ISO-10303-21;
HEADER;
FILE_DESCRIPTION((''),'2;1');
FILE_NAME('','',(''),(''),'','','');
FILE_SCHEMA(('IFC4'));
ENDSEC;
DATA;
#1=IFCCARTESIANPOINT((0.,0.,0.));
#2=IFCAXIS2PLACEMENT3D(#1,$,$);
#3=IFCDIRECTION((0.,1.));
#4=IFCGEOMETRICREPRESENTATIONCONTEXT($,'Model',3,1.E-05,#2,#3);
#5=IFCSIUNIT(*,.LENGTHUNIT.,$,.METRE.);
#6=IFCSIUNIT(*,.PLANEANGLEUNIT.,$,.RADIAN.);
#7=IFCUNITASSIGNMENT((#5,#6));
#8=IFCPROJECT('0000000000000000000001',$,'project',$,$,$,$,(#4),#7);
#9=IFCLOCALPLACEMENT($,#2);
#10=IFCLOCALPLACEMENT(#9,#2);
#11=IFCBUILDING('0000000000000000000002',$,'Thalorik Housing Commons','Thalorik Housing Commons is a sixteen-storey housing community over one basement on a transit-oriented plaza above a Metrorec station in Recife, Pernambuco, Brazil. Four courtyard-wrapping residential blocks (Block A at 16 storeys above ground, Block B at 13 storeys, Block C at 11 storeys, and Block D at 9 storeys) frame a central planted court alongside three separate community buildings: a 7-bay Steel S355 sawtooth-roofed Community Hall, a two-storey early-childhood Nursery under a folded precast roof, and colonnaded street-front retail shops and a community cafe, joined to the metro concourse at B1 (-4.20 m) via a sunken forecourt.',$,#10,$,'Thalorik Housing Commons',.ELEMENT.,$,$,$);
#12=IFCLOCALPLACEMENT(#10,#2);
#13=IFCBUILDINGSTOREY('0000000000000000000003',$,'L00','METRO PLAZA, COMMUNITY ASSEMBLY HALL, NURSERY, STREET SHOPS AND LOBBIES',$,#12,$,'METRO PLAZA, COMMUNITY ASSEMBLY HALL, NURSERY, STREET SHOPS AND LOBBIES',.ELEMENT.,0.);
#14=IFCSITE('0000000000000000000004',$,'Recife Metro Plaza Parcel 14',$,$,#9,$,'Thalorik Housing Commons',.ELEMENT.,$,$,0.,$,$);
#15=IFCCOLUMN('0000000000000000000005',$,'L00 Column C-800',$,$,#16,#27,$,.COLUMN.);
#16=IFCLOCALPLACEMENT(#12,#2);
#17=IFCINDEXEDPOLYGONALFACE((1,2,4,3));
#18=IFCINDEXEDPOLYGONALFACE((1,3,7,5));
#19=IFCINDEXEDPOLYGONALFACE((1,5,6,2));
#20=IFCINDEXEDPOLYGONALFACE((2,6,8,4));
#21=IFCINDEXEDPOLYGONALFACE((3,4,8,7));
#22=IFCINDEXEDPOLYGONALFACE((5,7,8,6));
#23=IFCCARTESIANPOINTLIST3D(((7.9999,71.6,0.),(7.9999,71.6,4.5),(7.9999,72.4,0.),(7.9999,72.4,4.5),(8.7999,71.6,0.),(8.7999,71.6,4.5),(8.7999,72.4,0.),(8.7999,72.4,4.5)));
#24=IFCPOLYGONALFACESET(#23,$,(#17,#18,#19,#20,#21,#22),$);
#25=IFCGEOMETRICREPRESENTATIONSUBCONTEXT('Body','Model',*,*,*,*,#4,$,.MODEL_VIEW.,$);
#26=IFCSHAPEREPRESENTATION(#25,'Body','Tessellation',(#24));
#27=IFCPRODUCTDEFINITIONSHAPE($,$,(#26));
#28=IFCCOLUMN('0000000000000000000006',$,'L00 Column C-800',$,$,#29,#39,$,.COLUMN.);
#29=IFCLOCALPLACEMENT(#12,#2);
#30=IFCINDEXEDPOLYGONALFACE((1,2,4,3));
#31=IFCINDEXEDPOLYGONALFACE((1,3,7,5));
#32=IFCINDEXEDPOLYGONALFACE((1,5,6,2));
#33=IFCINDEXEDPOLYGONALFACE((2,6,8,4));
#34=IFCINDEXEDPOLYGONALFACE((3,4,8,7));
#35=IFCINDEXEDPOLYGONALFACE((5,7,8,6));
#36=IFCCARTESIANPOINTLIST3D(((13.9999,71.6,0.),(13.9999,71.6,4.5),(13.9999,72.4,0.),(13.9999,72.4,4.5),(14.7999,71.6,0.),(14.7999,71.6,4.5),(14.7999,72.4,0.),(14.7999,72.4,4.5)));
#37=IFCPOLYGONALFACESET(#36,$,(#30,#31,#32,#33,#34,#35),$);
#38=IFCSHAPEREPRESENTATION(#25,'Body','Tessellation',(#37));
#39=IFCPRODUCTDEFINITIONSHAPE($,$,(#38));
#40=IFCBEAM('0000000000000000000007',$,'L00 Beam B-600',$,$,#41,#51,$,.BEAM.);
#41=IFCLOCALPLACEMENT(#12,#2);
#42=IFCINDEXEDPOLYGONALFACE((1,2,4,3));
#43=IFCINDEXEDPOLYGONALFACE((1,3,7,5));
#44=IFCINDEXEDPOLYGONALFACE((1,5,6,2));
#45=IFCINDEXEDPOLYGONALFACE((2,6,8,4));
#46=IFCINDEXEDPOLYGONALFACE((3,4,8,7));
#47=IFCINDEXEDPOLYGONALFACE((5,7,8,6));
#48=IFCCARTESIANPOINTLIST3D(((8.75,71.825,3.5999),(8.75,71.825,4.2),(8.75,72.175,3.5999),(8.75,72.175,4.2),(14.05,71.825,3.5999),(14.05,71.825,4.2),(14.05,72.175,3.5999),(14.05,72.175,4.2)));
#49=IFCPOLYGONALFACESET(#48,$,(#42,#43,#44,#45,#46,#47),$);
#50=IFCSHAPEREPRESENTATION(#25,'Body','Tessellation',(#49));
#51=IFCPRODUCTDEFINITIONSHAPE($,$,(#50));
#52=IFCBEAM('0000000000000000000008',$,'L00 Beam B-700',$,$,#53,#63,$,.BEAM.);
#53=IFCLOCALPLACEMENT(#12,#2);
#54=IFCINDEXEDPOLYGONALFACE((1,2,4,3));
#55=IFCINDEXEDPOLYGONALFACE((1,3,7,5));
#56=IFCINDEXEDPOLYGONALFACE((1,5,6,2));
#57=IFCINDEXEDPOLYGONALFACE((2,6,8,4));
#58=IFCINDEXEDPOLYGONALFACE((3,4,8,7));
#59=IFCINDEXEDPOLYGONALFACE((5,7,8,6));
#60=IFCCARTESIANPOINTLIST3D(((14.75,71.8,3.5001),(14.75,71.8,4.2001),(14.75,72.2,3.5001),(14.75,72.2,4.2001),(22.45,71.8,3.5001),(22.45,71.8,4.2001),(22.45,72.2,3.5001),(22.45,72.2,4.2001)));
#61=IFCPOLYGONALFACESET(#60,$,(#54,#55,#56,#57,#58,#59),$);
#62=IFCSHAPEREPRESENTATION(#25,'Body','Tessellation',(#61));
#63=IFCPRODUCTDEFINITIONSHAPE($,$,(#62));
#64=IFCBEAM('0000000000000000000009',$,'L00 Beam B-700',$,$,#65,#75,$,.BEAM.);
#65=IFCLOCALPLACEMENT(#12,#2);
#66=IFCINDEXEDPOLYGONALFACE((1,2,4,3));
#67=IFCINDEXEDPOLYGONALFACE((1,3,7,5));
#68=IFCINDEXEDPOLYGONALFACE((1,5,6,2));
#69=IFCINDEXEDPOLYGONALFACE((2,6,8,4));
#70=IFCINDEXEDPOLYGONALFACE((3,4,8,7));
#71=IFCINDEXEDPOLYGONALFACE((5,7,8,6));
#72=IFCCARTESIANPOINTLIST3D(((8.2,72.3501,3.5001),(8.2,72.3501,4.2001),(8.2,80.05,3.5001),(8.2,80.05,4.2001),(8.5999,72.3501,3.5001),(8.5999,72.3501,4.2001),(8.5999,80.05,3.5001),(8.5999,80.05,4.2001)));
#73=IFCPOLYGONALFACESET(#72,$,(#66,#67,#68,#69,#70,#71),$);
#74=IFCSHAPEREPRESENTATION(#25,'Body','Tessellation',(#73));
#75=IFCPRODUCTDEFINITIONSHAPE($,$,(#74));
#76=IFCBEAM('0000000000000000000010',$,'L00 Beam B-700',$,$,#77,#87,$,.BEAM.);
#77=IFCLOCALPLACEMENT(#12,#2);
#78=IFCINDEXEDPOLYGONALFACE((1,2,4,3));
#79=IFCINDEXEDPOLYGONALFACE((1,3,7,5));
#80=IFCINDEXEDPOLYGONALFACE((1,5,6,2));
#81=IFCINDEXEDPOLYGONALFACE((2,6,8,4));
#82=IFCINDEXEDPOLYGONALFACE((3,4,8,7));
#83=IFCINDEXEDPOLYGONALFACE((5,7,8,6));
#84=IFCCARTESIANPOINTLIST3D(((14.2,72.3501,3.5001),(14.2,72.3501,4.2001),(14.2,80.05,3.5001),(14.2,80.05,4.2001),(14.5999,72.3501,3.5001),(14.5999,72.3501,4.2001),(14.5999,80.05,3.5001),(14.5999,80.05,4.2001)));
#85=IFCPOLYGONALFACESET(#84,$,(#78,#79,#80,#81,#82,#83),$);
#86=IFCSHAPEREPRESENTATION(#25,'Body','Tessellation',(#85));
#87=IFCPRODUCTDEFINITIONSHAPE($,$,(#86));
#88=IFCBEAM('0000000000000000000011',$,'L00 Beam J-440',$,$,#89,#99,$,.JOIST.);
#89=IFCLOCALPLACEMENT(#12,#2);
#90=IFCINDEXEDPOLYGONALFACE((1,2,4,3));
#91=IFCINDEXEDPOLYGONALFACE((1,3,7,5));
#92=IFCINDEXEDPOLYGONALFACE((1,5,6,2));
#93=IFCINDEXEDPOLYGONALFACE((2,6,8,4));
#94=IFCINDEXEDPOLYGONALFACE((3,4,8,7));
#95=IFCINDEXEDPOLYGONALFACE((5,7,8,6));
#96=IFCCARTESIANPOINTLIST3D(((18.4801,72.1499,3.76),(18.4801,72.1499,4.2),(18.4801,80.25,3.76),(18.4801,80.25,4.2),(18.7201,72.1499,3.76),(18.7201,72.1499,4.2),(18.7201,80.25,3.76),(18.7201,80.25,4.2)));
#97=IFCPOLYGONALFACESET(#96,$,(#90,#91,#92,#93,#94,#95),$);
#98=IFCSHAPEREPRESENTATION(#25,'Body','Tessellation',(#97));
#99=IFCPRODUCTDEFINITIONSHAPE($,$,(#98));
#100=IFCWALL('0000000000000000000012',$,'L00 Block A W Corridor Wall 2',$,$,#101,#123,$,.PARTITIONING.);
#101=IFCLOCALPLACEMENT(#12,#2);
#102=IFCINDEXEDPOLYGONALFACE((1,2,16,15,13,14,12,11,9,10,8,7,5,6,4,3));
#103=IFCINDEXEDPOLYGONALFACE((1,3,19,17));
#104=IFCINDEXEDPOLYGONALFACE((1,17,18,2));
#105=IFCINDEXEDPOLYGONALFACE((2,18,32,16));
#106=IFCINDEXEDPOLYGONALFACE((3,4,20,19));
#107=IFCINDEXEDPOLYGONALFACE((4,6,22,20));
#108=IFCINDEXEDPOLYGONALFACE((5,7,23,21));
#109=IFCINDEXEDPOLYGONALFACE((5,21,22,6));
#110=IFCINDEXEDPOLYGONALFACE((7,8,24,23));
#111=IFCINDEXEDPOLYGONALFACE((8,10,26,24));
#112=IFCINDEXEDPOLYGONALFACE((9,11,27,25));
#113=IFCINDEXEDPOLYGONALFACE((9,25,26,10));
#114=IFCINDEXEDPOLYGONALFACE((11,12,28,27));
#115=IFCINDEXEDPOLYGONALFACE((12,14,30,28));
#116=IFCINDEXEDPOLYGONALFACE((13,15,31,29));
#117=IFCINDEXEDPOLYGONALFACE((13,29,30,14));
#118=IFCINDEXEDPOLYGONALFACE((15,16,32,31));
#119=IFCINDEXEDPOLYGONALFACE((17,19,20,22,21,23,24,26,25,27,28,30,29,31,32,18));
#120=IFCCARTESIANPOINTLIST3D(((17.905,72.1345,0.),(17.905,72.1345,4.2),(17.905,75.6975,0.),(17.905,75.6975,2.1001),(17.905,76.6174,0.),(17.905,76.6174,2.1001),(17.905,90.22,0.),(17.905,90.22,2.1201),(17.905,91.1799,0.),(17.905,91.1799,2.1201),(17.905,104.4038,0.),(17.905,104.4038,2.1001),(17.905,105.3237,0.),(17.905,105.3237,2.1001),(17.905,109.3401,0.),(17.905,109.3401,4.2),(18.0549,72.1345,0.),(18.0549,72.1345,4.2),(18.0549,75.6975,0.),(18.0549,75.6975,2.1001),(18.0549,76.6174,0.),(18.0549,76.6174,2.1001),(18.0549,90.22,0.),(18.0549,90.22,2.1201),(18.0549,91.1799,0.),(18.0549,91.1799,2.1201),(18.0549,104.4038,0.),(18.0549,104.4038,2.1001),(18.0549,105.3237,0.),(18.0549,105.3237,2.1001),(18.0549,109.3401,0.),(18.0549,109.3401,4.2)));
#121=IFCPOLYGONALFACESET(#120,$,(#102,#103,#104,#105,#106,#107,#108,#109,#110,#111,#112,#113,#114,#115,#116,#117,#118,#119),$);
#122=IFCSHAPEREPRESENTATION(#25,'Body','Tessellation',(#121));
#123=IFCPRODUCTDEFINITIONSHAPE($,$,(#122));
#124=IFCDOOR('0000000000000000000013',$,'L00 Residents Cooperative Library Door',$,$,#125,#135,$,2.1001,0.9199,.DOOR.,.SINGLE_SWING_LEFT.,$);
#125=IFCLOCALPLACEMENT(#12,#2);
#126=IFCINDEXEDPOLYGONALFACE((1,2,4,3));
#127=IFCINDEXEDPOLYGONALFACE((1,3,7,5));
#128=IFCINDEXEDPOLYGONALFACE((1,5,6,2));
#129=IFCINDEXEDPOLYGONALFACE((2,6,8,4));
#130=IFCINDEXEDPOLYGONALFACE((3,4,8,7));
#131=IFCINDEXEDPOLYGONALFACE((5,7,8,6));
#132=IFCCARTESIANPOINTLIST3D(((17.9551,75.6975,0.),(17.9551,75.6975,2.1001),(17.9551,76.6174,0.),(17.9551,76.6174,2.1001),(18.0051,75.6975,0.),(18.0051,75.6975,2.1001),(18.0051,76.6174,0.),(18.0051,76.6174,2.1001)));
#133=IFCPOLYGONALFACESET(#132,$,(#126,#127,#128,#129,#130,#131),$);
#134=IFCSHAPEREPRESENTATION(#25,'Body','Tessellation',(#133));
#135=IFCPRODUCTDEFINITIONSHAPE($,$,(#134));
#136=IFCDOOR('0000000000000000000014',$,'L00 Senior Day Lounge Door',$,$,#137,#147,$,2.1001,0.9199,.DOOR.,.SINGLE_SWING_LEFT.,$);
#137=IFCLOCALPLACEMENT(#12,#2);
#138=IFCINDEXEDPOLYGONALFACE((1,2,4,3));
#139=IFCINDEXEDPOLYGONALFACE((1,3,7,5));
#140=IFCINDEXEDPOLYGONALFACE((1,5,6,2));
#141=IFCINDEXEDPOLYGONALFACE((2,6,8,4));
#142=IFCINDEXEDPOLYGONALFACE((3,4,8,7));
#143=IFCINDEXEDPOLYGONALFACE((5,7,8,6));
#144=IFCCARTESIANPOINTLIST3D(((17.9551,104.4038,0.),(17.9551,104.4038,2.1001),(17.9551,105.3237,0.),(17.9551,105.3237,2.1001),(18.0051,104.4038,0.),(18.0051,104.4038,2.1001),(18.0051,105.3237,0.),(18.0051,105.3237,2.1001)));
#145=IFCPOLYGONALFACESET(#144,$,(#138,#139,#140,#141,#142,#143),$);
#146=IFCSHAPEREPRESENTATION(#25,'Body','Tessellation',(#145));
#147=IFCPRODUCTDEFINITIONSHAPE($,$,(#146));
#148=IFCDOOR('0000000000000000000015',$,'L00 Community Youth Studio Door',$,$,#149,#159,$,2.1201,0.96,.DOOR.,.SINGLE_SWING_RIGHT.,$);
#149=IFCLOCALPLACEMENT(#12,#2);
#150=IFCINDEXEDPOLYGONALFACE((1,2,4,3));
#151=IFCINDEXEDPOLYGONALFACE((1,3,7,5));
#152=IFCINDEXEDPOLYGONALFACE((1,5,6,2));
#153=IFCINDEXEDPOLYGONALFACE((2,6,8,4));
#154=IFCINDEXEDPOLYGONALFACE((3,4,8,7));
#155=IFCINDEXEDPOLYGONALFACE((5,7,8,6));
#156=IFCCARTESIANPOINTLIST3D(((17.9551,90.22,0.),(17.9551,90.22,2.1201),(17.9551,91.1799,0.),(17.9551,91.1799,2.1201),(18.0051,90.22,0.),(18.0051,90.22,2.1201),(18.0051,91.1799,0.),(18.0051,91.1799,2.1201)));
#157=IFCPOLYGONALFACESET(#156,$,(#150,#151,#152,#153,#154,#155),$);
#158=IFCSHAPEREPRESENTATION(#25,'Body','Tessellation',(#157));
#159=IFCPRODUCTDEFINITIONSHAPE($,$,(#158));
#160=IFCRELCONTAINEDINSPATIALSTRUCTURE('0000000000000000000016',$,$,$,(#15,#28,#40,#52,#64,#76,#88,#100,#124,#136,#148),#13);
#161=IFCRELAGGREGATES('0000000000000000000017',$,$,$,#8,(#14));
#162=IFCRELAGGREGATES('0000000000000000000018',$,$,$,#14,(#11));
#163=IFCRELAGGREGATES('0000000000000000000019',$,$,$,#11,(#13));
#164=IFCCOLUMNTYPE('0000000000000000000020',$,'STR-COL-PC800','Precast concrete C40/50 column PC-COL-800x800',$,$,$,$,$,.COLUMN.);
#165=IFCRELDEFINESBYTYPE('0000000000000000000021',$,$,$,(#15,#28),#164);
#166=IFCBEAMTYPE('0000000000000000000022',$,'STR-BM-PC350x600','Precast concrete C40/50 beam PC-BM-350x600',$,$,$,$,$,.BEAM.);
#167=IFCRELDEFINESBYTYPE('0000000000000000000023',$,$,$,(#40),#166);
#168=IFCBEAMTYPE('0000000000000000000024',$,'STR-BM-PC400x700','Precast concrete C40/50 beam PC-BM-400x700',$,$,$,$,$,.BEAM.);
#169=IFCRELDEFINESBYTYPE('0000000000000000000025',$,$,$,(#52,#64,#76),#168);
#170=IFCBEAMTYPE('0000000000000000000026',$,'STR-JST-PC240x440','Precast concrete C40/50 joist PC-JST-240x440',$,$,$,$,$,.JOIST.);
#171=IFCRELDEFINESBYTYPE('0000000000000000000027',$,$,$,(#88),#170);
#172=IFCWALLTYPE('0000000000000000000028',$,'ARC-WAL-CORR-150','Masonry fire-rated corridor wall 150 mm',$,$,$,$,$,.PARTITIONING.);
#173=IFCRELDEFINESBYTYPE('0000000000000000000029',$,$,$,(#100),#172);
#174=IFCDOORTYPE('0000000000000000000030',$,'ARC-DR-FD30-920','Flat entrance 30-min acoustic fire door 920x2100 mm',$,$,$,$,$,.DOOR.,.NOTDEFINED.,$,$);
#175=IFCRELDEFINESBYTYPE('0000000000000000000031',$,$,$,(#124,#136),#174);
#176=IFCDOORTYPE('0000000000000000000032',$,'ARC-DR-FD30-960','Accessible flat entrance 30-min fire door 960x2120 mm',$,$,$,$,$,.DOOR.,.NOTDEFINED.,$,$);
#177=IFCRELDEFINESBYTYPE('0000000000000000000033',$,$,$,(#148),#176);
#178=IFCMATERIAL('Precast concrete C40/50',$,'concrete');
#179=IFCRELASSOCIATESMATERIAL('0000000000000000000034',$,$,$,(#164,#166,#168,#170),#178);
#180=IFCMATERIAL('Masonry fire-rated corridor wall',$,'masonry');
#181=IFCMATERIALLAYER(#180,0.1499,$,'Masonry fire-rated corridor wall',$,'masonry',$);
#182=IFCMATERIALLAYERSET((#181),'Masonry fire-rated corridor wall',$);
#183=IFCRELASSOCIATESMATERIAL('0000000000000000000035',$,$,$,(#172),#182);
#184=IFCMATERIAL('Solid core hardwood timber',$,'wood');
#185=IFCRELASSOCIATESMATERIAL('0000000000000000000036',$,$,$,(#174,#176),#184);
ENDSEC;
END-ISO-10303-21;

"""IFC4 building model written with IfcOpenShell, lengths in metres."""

from ifc_helpers import new_model, si_unit, direction, frame, frame_2d, origin, origin_2d, place, context, subcontext, project, spatial, rectangle, extrude, material, layer, layer_set, material_profile, profile_set, type_object, element, fill, save


model = new_model("IFC4")

# Units and contexts
model_context = context("Model", 3, precision=1e-05, world=origin(), true_north=direction((0.0, 1.0)))
body_context = subcontext(model_context, "Body", "Model", "MODEL_VIEW")
ifc_project = project(units=[si_unit("LENGTHUNIT", "METRE"), si_unit("PLANEANGLEUNIT", "RADIAN")], contexts=[model_context])

# Site, building, storey
site_placement = place(None, origin())
site = spatial("IfcSite", under=ifc_project, at=site_placement, Name="Recife Metro Plaza Parcel 14", LongName="Thalorik Housing Commons", CompositionType="ELEMENT", RefElevation=0.0)
building_placement = place(site_placement, origin())
building = spatial("IfcBuilding", under=site, at=building_placement, Name="Thalorik Housing Commons", Description="Thalorik Housing Commons is a sixteen-storey housing community over one basement on a transit-oriented plaza above a Metrorec station in Recife, Pernambuco, Brazil. Four courtyard-wrapping residential blocks (Block A at 16 storeys above ground, Block B at 13 storeys, Block C at 11 storeys, and Block D at 9 storeys) frame a central planted court alongside three separate community buildings: a 7-bay Steel S355 sawtooth-roofed Community Hall, a two-storey early-childhood Nursery under a folded precast roof, and colonnaded street-front retail shops and a community cafe, joined to the metro concourse at B1 (-4.20 m) via a sunken forecourt.", LongName="Thalorik Housing Commons", CompositionType="ELEMENT")
storey_placement = place(building_placement, origin())
storey = spatial("IfcBuildingStorey", under=building, at=storey_placement, Name="L00", Description="METRO PLAZA, COMMUNITY ASSEMBLY HALL, NURSERY, STREET SHOPS AND LOBBIES", LongName="METRO PLAZA, COMMUNITY ASSEMBLY HALL, NURSERY, STREET SHOPS AND LOBBIES", CompositionType="ELEMENT", Elevation=0.0)

# Columns
ifc_material_1 = material(Name="Precast concrete C40/50", Category="concrete")
ifc_material_profile_1 = material_profile(ifc_material_1, rectangle(XDim=0.8, YDim=0.8, at=origin_2d()), Name="PC 800x800", Category="concrete")
ifc_profile_set_1 = profile_set([ifc_material_profile_1], Name="Precast concrete C40/50")
column_type = type_object("IfcColumnType", Name="STR-COL-PC800", Description="Precast concrete C40/50 column PC-COL-800x800", PredefinedType="COLUMN", material=ifc_profile_set_1)
for number, where, z_axis, x_axis, name in (
    (1, (8.3999, 72.0, 0.0), (0.0, 0.0, 1.0), (1.0, 0.0, 0.0), "L00 Column C-800"),
    (2, (14.3999, 72.0, 0.0), (0.0, 0.0, 1.0), (1.0, 0.0, 0.0), "L00 Column C-800"),
):
    element("IfcColumn", number, at=place(storey_placement, frame(where, z_axis=z_axis, x_axis=x_axis)), inside=storey, type_object=column_type, Name=name, PredefinedType="COLUMN", context=body_context, shape_type="SweptSolid", body=[
        extrude(rectangle(XDim=0.8, YDim=0.8, at=origin_2d()), origin(), (0.0, 0.0, 1.0), 4.5),
    ])

# Beams
ifc_material_profile_2 = material_profile(ifc_material_1, rectangle(XDim=0.3501, YDim=0.6001, at=origin_2d()), Name="PC 350x600", Category="concrete")
ifc_profile_set_2 = profile_set([ifc_material_profile_2], Name="Precast concrete C40/50")
beam_type_1 = type_object("IfcBeamType", Name="STR-BM-PC350x600", Description="Precast concrete C40/50 beam PC-BM-350x600", PredefinedType="BEAM", material=ifc_profile_set_2)
beam_1_placement = place(storey_placement, frame((8.75, 72.0, 3.8999), z_axis=(1.0, 0.0, 0.0), x_axis=(0.0, 1.0, 0.0)))
element("IfcBeam", 3, at=beam_1_placement, inside=storey, type_object=beam_type_1, Name="L00 Beam B-600", PredefinedType="BEAM", context=body_context, shape_type="SweptSolid", body=[
    extrude(rectangle(XDim=0.3501, YDim=0.6001, at=origin_2d()), origin(), (0.0, 0.0, 1.0), 5.3),
])
ifc_material_profile_3 = material_profile(ifc_material_1, rectangle(XDim=0.3999, YDim=0.7, at=origin_2d()), Name="PC 400x700", Category="concrete")
ifc_profile_set_3 = profile_set([ifc_material_profile_3], Name="Precast concrete C40/50")
beam_type_2 = type_object("IfcBeamType", Name="STR-BM-PC400x700", Description="Precast concrete C40/50 beam PC-BM-400x700", PredefinedType="BEAM", material=ifc_profile_set_3)
for number, where, z_axis, x_axis, name in (
    (4, (14.75, 72.0, 3.8501), (1.0, 0.0, 0.0), (0.0, 1.0, 0.0), "L00 Beam B-700"),
    (5, (8.3999, 72.3501, 3.8501), (0.0, 1.0, 0.0), (-1.0, 0.0, 0.0), "L00 Beam B-700"),
    (6, (14.3999, 72.3501, 3.8501), (0.0, 1.0, 0.0), (-1.0, 0.0, 0.0), "L00 Beam B-700"),
):
    element("IfcBeam", number, at=place(storey_placement, frame(where, z_axis=z_axis, x_axis=x_axis)), inside=storey, type_object=beam_type_2, Name=name, PredefinedType="BEAM", context=body_context, shape_type="SweptSolid", body=[
        extrude(rectangle(XDim=0.3999, YDim=0.7, at=origin_2d()), origin(), (0.0, 0.0, 1.0), 7.7),
    ])
ifc_material_profile_4 = material_profile(ifc_material_1, rectangle(XDim=0.24, YDim=0.4399, at=origin_2d()), Name="PC JST 240x440", Category="concrete")
ifc_profile_set_4 = profile_set([ifc_material_profile_4], Name="Precast concrete C40/50")
beam_type_3 = type_object("IfcBeamType", Name="STR-JST-PC240x440", Description="Precast concrete C40/50 joist PC-JST-240x440", PredefinedType="JOIST", material=ifc_profile_set_4)
beam_2_placement = place(storey_placement, frame((18.6001, 72.1499, 3.98), z_axis=(0.0, 1.0, 0.0), x_axis=(-1.0, 0.0, 0.0)))
element("IfcBeam", 7, at=beam_2_placement, inside=storey, type_object=beam_type_3, Name="L00 Beam J-440", PredefinedType="JOIST", context=body_context, shape_type="SweptSolid", body=[
    extrude(rectangle(XDim=0.24, YDim=0.4399, at=origin_2d()), origin(), (0.0, 0.0, 1.0), 8.1001),
])

# Wall, openings, doors
ifc_material_2 = material(Name="Masonry fire-rated corridor wall", Category="masonry")
ifc_layer_1 = layer(ifc_material_2, 0.1499, Name="Masonry fire-rated corridor wall", Category="masonry")
ifc_layer_set_1 = layer_set([ifc_layer_1], Name="Masonry fire-rated corridor wall")
wall_type_1 = type_object("IfcWallType", Name="ARC-WAL-CORR-150", Description="Masonry fire-rated corridor wall 150 mm", PredefinedType="PARTITIONING", material=ifc_layer_set_1)
wall_1_placement = place(storey_placement, frame((17.98, 72.1345, 0.0), z_axis=(0.0, 0.0, 1.0), x_axis=(0.0, 1.0, 0.0)))
wall_1 = element("IfcWall", 8, at=wall_1_placement, inside=storey, type_object=wall_type_1, Name="L00 Block A W Corridor Wall 2", PredefinedType="PARTITIONING", context=body_context, shape_type="SweptSolid", body=[
    extrude(rectangle(XDim=37.2056, YDim=0.1499, at=frame_2d((18.6028, 0.0))), origin(), (0.0, 0.0, 1.0), 4.2),
])
opening_1_placement = place(wall_1_placement, frame((3.563, 0.0, 0.0)))
opening_1 = element("IfcOpeningElement", 9, at=opening_1_placement, cuts=wall_1, PredefinedType="OPENING", context=body_context, shape_type="SweptSolid", body=[
    extrude(rectangle(XDim=0.9199, YDim=2.1001, at=frame_2d((0.46, 1.05))), frame((0.0, 0.085, 0.0), z_axis=(0.0, -1.0, 0.0), x_axis=(1.0, 0.0, 0.0)), (0.0, 0.0, 1.0), 0.1699),
])
opening_2_placement = place(wall_1_placement, frame((18.0854, 0.0, 0.0)))
opening_2 = element("IfcOpeningElement", 10, at=opening_2_placement, cuts=wall_1, PredefinedType="OPENING", context=body_context, shape_type="SweptSolid", body=[
    extrude(rectangle(XDim=0.96, YDim=2.1201, at=frame_2d((0.48, 1.0601))), frame((0.0, 0.085, 0.0), z_axis=(0.0, -1.0, 0.0), x_axis=(1.0, 0.0, 0.0)), (0.0, 0.0, 1.0), 0.1699),
])
opening_3_placement = place(wall_1_placement, frame((32.2693, 0.0, 0.0)))
opening_3 = element("IfcOpeningElement", 11, at=opening_3_placement, cuts=wall_1, PredefinedType="OPENING", context=body_context, shape_type="SweptSolid", body=[
    extrude(rectangle(XDim=0.9199, YDim=2.1001, at=frame_2d((0.46, 1.05))), frame((0.0, 0.085, 0.0), z_axis=(0.0, -1.0, 0.0), x_axis=(1.0, 0.0, 0.0)), (0.0, 0.0, 1.0), 0.1699),
])
ifc_material_3 = material(Name="Solid core hardwood timber", Category="wood")
door_type_1 = type_object("IfcDoorType", Name="ARC-DR-FD30-920", Description="Flat entrance 30-min acoustic fire door 920x2100 mm", OperationType="NOTDEFINED", PredefinedType="DOOR", material=ifc_material_3)
door_1_placement = place(opening_1_placement, origin())
door_1 = element("IfcDoor", 12, at=door_1_placement, inside=storey, type_object=door_type_1, Name="L00 Residents Cooperative Library Door", OperationType="SINGLE_SWING_LEFT", OverallHeight=2.1001, OverallWidth=0.9199, PredefinedType="DOOR", context=body_context, shape_type="SweptSolid", body=[
    extrude(rectangle(XDim=0.9199, YDim=2.1001, at=frame_2d((0.46, 1.05))), frame((0.0, 0.0249, 0.0), z_axis=(0.0, -1.0, 0.0), x_axis=(1.0, 0.0, 0.0)), (0.0, 0.0, 1.0), 0.05),
])
fill(opening_1, door_1)
door_2_placement = place(opening_3_placement, origin())
door_2 = element("IfcDoor", 13, at=door_2_placement, inside=storey, type_object=door_type_1, Name="L00 Senior Day Lounge Door", OperationType="SINGLE_SWING_LEFT", OverallHeight=2.1001, OverallWidth=0.9199, PredefinedType="DOOR", context=body_context, shape_type="SweptSolid", body=[
    extrude(rectangle(XDim=0.9199, YDim=2.1001, at=frame_2d((0.46, 1.05))), frame((0.0, 0.0249, 0.0), z_axis=(0.0, -1.0, 0.0), x_axis=(1.0, 0.0, 0.0)), (0.0, 0.0, 1.0), 0.05),
])
fill(opening_3, door_2)
door_type_2 = type_object("IfcDoorType", Name="ARC-DR-FD30-960", Description="Accessible flat entrance 30-min fire door 960x2120 mm", OperationType="NOTDEFINED", PredefinedType="DOOR", material=ifc_material_3)
door_3_placement = place(opening_2_placement, origin())
door_3 = element("IfcDoor", 14, at=door_3_placement, inside=storey, type_object=door_type_2, Name="L00 Community Youth Studio Door", OperationType="SINGLE_SWING_RIGHT", OverallHeight=2.1201, OverallWidth=0.96, PredefinedType="DOOR", context=body_context, shape_type="SweptSolid", body=[
    extrude(rectangle(XDim=0.96, YDim=2.1201, at=frame_2d((0.48, 1.0601))), frame((0.0, 0.0249, 0.0), z_axis=(0.0, -1.0, 0.0), x_axis=(1.0, 0.0, 0.0)), (0.0, 0.0, 1.0), 0.05),
])
fill(opening_2, door_3)

save(model, "model.ifc")
